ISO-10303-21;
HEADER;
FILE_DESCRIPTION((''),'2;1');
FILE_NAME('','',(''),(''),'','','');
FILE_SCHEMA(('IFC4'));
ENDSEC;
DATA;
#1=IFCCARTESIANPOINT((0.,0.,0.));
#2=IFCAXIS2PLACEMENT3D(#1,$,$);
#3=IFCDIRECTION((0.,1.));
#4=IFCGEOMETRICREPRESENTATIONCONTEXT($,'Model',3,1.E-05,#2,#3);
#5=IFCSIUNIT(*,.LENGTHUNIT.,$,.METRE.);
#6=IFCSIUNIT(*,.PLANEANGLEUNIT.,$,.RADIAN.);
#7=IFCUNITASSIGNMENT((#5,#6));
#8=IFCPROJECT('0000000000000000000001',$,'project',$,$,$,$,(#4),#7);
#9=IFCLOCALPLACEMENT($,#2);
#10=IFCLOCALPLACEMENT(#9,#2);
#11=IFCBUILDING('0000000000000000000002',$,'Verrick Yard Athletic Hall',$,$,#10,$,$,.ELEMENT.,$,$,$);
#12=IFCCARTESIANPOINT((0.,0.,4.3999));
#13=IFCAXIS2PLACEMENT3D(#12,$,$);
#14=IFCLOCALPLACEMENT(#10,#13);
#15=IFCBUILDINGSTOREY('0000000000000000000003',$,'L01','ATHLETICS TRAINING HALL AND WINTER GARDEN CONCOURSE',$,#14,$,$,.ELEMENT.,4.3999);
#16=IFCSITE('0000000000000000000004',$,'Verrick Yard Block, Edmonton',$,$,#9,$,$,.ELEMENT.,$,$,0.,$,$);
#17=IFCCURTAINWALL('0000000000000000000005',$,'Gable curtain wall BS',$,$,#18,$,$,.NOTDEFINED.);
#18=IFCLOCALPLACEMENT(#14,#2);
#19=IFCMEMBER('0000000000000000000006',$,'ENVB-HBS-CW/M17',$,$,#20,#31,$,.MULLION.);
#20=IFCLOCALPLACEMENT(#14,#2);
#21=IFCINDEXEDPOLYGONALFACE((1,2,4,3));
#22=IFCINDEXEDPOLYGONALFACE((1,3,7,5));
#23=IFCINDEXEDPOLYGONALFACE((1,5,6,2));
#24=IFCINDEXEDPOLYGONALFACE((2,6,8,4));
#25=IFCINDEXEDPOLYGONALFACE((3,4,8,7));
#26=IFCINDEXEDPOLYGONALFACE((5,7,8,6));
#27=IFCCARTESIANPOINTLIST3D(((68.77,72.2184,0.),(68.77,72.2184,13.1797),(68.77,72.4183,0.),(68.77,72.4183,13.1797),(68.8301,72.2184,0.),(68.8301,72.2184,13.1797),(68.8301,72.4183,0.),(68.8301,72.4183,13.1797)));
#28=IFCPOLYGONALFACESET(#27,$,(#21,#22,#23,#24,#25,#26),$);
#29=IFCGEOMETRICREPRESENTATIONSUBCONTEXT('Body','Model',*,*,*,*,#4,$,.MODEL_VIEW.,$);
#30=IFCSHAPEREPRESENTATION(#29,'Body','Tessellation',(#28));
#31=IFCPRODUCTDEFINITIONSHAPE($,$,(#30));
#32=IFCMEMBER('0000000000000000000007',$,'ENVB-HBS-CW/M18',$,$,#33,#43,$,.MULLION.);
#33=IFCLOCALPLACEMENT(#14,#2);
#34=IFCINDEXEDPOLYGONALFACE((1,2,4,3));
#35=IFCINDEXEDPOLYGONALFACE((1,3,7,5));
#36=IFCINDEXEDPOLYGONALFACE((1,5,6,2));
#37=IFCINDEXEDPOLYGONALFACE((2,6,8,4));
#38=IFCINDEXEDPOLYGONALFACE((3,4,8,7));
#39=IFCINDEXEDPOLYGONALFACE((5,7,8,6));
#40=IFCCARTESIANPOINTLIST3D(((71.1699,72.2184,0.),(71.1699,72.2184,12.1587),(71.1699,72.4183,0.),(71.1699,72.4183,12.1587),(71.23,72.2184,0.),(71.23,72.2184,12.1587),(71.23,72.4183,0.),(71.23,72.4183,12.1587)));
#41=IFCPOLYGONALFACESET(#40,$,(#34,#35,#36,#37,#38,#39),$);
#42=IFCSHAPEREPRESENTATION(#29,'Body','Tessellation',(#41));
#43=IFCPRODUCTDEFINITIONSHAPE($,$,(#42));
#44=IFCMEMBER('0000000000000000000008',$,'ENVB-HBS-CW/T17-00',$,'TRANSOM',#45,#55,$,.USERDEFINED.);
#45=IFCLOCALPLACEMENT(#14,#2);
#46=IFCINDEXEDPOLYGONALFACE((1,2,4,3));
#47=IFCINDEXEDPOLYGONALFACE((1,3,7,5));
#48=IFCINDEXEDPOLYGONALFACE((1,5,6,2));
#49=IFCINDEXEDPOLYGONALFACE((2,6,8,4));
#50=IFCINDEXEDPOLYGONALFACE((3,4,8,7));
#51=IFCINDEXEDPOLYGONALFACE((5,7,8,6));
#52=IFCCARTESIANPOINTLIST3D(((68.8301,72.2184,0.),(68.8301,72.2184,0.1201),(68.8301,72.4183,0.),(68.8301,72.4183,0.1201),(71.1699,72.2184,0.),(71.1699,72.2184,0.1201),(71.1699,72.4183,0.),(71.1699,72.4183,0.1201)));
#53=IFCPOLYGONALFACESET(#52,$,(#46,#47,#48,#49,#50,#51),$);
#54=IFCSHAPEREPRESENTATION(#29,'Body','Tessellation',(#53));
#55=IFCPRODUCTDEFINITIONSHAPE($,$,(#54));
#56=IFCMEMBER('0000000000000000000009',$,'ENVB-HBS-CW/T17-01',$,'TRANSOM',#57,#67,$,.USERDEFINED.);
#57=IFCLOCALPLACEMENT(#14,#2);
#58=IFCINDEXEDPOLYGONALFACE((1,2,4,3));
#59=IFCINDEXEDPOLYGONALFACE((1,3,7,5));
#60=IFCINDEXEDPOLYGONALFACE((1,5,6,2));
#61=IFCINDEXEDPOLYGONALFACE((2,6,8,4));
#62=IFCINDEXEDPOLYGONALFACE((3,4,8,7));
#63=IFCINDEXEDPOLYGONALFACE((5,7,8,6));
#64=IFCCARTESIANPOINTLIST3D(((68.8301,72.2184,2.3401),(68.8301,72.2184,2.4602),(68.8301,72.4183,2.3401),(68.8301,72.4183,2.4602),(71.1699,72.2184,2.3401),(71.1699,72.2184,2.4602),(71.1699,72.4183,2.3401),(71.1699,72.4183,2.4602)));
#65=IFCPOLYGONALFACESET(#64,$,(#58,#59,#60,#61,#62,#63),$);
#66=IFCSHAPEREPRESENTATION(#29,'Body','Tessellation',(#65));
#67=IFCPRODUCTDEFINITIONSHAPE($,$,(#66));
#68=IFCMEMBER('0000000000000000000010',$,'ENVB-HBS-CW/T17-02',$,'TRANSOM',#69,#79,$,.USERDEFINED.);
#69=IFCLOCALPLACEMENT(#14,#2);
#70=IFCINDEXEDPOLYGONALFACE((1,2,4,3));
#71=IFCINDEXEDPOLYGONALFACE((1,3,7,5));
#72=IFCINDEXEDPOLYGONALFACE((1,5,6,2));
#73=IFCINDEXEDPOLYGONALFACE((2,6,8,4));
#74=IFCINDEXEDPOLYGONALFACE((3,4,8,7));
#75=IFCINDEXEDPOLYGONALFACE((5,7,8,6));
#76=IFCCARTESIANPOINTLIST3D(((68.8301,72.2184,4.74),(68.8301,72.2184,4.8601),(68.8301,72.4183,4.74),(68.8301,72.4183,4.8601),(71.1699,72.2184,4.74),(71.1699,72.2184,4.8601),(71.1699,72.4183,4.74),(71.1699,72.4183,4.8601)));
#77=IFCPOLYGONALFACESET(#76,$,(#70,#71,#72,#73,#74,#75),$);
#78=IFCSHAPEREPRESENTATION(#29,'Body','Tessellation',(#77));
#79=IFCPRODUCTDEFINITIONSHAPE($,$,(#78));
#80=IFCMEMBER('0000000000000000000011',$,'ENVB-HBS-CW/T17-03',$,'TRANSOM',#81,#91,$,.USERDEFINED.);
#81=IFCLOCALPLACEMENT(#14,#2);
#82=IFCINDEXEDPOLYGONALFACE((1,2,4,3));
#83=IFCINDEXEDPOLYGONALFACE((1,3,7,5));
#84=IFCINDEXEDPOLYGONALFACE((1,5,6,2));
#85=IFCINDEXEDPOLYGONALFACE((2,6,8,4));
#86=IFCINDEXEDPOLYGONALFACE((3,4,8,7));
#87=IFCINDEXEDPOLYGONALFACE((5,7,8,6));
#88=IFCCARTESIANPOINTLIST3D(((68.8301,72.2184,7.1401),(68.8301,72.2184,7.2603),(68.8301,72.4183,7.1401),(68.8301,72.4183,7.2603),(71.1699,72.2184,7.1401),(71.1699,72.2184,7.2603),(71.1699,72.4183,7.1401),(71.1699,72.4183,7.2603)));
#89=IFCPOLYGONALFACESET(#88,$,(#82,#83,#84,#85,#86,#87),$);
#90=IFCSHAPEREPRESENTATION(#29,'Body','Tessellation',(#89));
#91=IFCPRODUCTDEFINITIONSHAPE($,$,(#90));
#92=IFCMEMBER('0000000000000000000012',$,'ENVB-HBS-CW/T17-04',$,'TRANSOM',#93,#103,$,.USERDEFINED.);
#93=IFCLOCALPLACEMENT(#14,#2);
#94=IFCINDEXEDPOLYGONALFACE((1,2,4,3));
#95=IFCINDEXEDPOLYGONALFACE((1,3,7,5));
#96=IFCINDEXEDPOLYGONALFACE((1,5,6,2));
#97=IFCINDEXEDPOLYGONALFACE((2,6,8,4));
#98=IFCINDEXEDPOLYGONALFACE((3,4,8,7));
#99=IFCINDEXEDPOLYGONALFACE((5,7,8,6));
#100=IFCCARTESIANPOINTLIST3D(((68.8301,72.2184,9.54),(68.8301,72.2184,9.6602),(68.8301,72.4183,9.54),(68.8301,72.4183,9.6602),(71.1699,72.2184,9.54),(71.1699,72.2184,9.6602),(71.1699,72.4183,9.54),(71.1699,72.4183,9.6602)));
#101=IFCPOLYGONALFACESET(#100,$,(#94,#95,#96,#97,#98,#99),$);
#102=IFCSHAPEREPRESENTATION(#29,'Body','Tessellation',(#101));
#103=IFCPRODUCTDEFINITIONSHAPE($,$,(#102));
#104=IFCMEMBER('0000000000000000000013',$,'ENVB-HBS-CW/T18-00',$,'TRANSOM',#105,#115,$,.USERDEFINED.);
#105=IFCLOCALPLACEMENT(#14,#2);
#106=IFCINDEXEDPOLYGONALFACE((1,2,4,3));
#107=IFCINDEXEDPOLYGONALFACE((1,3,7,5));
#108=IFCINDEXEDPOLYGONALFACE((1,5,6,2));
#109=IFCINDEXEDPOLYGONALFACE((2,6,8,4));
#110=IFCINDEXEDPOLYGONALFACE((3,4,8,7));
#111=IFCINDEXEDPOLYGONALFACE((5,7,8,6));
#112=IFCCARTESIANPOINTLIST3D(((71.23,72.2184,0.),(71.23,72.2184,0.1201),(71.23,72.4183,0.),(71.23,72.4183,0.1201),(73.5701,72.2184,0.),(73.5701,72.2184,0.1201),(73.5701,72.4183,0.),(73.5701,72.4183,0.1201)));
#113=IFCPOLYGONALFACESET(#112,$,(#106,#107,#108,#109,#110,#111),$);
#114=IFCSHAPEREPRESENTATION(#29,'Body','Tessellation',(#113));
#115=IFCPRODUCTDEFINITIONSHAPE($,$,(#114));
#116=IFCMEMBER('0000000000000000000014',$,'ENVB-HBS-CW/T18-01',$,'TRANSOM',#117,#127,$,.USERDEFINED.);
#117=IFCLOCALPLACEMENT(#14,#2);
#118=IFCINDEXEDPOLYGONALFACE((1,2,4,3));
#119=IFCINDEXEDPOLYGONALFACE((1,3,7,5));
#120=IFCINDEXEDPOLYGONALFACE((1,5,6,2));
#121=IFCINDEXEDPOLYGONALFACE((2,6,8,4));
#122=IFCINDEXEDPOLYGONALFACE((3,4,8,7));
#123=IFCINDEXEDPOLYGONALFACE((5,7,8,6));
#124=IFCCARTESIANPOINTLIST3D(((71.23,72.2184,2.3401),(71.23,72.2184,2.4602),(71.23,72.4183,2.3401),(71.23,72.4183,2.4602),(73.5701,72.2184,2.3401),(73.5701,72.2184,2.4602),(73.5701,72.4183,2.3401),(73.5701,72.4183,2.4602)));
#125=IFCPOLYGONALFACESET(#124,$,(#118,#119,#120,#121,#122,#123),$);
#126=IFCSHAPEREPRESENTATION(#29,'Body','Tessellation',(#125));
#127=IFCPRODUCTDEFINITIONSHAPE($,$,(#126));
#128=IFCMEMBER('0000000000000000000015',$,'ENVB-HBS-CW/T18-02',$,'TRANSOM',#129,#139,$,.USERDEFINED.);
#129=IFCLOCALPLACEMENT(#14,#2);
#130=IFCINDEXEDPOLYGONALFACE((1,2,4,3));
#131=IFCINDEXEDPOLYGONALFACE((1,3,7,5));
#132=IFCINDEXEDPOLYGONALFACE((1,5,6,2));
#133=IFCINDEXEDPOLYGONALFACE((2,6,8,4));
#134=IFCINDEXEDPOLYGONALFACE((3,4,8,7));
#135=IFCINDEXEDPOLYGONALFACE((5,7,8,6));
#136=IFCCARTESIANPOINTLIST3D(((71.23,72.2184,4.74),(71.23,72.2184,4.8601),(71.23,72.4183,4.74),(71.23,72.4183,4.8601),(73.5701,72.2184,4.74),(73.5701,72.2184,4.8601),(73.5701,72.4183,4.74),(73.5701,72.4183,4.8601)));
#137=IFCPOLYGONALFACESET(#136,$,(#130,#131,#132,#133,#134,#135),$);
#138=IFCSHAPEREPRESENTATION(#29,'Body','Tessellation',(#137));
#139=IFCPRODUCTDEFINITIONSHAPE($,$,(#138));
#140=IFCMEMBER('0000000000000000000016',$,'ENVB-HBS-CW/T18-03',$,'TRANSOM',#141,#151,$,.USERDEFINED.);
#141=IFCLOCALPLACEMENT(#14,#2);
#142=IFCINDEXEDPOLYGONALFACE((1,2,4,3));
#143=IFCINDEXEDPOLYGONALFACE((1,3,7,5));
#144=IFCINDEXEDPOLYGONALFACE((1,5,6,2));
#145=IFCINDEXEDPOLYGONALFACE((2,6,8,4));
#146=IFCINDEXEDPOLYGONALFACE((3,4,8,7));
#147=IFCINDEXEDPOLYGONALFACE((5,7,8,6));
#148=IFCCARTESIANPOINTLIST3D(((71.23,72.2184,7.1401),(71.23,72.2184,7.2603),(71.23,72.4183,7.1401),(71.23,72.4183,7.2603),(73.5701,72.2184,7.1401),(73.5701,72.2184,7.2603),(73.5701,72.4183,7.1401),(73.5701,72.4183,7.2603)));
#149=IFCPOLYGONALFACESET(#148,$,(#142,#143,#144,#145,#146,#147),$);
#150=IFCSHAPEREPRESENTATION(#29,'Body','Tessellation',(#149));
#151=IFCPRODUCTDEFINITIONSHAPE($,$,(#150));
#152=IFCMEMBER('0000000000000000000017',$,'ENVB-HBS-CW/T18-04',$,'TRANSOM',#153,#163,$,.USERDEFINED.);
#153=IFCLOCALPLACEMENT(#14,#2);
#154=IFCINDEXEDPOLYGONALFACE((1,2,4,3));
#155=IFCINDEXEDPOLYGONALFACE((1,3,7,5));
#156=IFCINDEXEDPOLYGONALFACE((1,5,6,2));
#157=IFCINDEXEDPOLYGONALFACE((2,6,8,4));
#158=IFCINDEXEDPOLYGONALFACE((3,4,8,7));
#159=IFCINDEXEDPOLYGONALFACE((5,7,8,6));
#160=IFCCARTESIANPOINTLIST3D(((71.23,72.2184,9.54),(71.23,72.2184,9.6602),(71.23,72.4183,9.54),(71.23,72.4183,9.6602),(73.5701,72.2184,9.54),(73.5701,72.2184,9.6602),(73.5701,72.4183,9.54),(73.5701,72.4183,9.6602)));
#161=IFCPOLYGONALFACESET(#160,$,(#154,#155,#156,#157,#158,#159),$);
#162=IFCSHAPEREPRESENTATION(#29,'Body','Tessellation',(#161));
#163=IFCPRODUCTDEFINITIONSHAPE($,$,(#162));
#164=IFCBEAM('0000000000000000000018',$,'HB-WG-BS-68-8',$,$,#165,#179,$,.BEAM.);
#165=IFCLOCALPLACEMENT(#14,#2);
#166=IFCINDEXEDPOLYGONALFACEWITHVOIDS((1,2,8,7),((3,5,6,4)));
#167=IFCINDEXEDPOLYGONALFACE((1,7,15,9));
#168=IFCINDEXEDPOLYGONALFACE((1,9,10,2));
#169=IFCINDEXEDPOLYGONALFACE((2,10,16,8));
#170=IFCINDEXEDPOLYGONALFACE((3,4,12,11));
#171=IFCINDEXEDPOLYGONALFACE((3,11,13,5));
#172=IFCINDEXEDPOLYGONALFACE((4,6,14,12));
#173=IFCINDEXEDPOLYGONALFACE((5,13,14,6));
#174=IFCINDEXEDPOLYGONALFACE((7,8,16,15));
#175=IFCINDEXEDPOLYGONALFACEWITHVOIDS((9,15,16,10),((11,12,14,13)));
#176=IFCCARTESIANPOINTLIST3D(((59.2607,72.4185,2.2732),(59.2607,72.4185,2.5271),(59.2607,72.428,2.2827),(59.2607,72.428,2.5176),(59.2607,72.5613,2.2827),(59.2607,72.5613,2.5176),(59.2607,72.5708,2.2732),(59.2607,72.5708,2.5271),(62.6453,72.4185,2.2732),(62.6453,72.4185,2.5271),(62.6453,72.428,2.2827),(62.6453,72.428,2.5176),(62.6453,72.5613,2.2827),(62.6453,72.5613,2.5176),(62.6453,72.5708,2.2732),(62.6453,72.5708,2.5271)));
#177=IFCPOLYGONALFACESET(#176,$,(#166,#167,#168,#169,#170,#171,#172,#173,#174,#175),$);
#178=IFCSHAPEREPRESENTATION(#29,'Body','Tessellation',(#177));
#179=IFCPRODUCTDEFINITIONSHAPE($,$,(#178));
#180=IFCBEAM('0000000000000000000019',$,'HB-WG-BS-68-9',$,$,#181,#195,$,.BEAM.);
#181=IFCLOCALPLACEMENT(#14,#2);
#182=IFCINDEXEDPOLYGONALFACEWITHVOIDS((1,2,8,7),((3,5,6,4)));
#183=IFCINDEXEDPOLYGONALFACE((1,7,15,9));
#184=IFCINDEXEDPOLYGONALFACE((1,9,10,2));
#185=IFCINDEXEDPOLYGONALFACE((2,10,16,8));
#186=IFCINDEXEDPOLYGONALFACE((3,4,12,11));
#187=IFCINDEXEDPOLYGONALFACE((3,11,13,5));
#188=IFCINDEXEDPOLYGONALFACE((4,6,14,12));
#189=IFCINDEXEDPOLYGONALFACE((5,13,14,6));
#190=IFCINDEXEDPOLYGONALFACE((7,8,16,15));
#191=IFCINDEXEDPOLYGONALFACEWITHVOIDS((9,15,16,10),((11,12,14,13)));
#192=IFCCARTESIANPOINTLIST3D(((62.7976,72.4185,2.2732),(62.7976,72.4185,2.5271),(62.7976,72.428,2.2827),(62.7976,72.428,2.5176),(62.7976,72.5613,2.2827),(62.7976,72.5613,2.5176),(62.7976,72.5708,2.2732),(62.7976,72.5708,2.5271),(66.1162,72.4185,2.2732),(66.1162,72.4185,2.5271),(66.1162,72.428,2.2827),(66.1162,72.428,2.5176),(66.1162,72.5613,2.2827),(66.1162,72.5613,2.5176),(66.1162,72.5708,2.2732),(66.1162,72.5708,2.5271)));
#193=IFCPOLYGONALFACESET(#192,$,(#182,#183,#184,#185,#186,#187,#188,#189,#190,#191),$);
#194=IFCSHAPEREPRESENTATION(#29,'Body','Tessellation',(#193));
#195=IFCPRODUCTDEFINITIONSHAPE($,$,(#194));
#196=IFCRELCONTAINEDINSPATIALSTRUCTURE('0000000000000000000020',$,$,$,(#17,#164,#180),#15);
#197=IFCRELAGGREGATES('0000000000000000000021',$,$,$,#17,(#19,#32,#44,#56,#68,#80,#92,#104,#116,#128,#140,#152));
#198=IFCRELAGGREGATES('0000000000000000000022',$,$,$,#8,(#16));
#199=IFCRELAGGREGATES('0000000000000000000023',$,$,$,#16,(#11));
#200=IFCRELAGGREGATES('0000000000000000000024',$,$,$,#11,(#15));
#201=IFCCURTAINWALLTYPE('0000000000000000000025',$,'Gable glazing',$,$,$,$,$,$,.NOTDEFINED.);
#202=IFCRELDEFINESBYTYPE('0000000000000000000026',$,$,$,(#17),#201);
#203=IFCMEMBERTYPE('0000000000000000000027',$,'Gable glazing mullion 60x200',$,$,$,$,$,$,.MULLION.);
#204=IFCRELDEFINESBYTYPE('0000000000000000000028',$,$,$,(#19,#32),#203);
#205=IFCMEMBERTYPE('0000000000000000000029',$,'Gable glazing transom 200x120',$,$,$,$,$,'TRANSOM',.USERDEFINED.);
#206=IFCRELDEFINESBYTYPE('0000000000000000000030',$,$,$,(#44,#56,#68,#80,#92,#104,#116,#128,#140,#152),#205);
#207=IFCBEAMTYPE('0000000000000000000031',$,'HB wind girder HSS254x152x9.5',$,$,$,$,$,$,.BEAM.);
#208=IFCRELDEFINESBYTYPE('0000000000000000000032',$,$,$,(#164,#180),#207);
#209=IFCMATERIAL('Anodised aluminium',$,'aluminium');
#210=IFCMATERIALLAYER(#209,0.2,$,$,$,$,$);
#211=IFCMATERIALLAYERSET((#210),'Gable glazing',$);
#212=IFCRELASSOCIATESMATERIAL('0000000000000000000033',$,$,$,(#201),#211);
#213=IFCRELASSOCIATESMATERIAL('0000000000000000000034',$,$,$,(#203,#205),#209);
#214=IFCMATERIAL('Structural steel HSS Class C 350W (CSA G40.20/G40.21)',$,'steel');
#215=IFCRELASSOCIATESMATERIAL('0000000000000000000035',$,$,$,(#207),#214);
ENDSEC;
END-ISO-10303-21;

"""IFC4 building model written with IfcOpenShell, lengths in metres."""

from ifc_helpers import new_model, si_unit, direction, frame, origin, origin_2d, place, context, subcontext, project, spatial, rectangle, hollow_rectangle, extrude, material, layer, layer_set, material_profile, profile_set, type_object, element, aggregate, save


model = new_model("IFC4")

# Units and contexts
model_context = context("Model", 3, precision=1e-05, world=origin(), true_north=direction((0.0, 1.0)))
body_context = subcontext(model_context, "Body", "Model", "MODEL_VIEW")
ifc_project = project(units=[si_unit("LENGTHUNIT", "METRE"), si_unit("PLANEANGLEUNIT", "RADIAN")], contexts=[model_context])

# Site, building, storey
site_placement = place(None, origin())
site = spatial("IfcSite", under=ifc_project, at=site_placement, Name="Verrick Yard Block, Edmonton", CompositionType="ELEMENT", RefElevation=0.0)
building_placement = place(site_placement, origin())
building = spatial("IfcBuilding", under=site, at=building_placement, Name="Verrick Yard Athletic Hall", CompositionType="ELEMENT")
storey_placement = place(building_placement, frame((0.0, 0.0, 4.3999)))
storey = spatial("IfcBuildingStorey", under=building, at=storey_placement, Name="L01", Description="ATHLETICS TRAINING HALL AND WINTER GARDEN CONCOURSE", CompositionType="ELEMENT", Elevation=4.3999)

# Curtain wall, members
ifc_material_1 = material(Name="Anodised aluminium", Category="aluminium")
ifc_layer_1 = layer(ifc_material_1, 0.2)
ifc_layer_set_1 = layer_set([ifc_layer_1], Name="Gable glazing")
curtain_wall_type = type_object("IfcCurtainWallType", Name="Gable glazing", PredefinedType="NOTDEFINED", material=ifc_layer_set_1)
curtain_wall_placement = place(storey_placement, origin())
curtain_wall = element("IfcCurtainWall", 1, at=curtain_wall_placement, inside=storey, type_object=curtain_wall_type, Name="Gable curtain wall BS", PredefinedType="NOTDEFINED")
ifc_material_profile_1 = material_profile(ifc_material_1, rectangle(XDim=0.2, YDim=0.0601, at=origin_2d()), Name="CW gable mullion 60x200")
ifc_profile_set_1 = profile_set([ifc_material_profile_1], Name="Anodised aluminium")
member_type_1 = type_object("IfcMemberType", Name="Gable glazing mullion 60x200", PredefinedType="MULLION", material=ifc_profile_set_1)
member_1_placement = place(storey_placement, frame((68.8, 72.3184, 0.0), z_axis=(0.0, 0.0, 1.0), x_axis=(0.0, 1.0, 0.0)))
member_1 = element("IfcMember", 2, at=member_1_placement, type_object=member_type_1, Name="ENVB-HBS-CW/M17", PredefinedType="MULLION", context=body_context, shape_type="SweptSolid", body=[
    extrude(rectangle(XDim=0.2, YDim=0.0601, at=origin_2d()), origin(), (0.0, 0.0, 1.0), 13.1797),
])
member_2_placement = place(storey_placement, frame((71.2, 72.3184, 0.0), z_axis=(0.0, 0.0, 1.0), x_axis=(0.0, 1.0, 0.0)))
member_2 = element("IfcMember", 3, at=member_2_placement, type_object=member_type_1, Name="ENVB-HBS-CW/M18", PredefinedType="MULLION", context=body_context, shape_type="SweptSolid", body=[
    extrude(rectangle(XDim=0.2, YDim=0.0601, at=origin_2d()), origin(), (0.0, 0.0, 1.0), 12.1587),
])
ifc_material_profile_2 = material_profile(ifc_material_1, rectangle(XDim=0.2, YDim=0.1201, at=origin_2d()), Name="CW gable transom 200x120")
ifc_profile_set_2 = profile_set([ifc_material_profile_2], Name="Anodised aluminium")
member_type_2 = type_object("IfcMemberType", Name="Gable glazing transom 200x120", ElementType="TRANSOM", PredefinedType="USERDEFINED", material=ifc_profile_set_2)
member_3_placement = place(storey_placement, frame((68.8301, 72.3184, 0.0601), z_axis=(1.0, 0.0, 0.0), x_axis=(0.0, 1.0, 0.0)))
member_3 = element("IfcMember", 4, at=member_3_placement, type_object=member_type_2, Name="ENVB-HBS-CW/T17-00", ObjectType="TRANSOM", PredefinedType="USERDEFINED", context=body_context, shape_type="SweptSolid", body=[
    extrude(rectangle(XDim=0.2, YDim=0.1201, at=origin_2d()), origin(), (0.0, 0.0, 1.0), 2.3398),
])
member_4_placement = place(storey_placement, frame((68.8301, 72.3184, 2.4001), z_axis=(1.0, 0.0, 0.0), x_axis=(0.0, 1.0, 0.0)))
member_4 = element("IfcMember", 5, at=member_4_placement, type_object=member_type_2, Name="ENVB-HBS-CW/T17-01", ObjectType="TRANSOM", PredefinedType="USERDEFINED", context=body_context, shape_type="SweptSolid", body=[
    extrude(rectangle(XDim=0.2, YDim=0.1201, at=origin_2d()), origin(), (0.0, 0.0, 1.0), 2.3398),
])
member_5_placement = place(storey_placement, frame((68.8301, 72.3184, 4.8), z_axis=(1.0, 0.0, 0.0), x_axis=(0.0, 1.0, 0.0)))
member_5 = element("IfcMember", 6, at=member_5_placement, type_object=member_type_2, Name="ENVB-HBS-CW/T17-02", ObjectType="TRANSOM", PredefinedType="USERDEFINED", context=body_context, shape_type="SweptSolid", body=[
    extrude(rectangle(XDim=0.2, YDim=0.1201, at=origin_2d()), origin(), (0.0, 0.0, 1.0), 2.3398),
])
member_6_placement = place(storey_placement, frame((68.8301, 72.3184, 7.2002), z_axis=(1.0, 0.0, 0.0), x_axis=(0.0, 1.0, 0.0)))
member_6 = element("IfcMember", 7, at=member_6_placement, type_object=member_type_2, Name="ENVB-HBS-CW/T17-03", ObjectType="TRANSOM", PredefinedType="USERDEFINED", context=body_context, shape_type="SweptSolid", body=[
    extrude(rectangle(XDim=0.2, YDim=0.1201, at=origin_2d()), origin(), (0.0, 0.0, 1.0), 2.3398),
])
member_7_placement = place(storey_placement, frame((68.8301, 72.3184, 9.6001), z_axis=(1.0, 0.0, 0.0), x_axis=(0.0, 1.0, 0.0)))
member_7 = element("IfcMember", 8, at=member_7_placement, type_object=member_type_2, Name="ENVB-HBS-CW/T17-04", ObjectType="TRANSOM", PredefinedType="USERDEFINED", context=body_context, shape_type="SweptSolid", body=[
    extrude(rectangle(XDim=0.2, YDim=0.1201, at=origin_2d()), origin(), (0.0, 0.0, 1.0), 2.3398),
])
member_8_placement = place(storey_placement, frame((71.23, 72.3184, 0.0601), z_axis=(1.0, 0.0, 0.0), x_axis=(0.0, 1.0, 0.0)))
member_8 = element("IfcMember", 9, at=member_8_placement, type_object=member_type_2, Name="ENVB-HBS-CW/T18-00", ObjectType="TRANSOM", PredefinedType="USERDEFINED", context=body_context, shape_type="SweptSolid", body=[
    extrude(rectangle(XDim=0.2, YDim=0.1201, at=origin_2d()), origin(), (0.0, 0.0, 1.0), 2.3401),
])
member_9_placement = place(storey_placement, frame((71.23, 72.3184, 2.4001), z_axis=(1.0, 0.0, 0.0), x_axis=(0.0, 1.0, 0.0)))
member_9 = element("IfcMember", 10, at=member_9_placement, type_object=member_type_2, Name="ENVB-HBS-CW/T18-01", ObjectType="TRANSOM", PredefinedType="USERDEFINED", context=body_context, shape_type="SweptSolid", body=[
    extrude(rectangle(XDim=0.2, YDim=0.1201, at=origin_2d()), origin(), (0.0, 0.0, 1.0), 2.3401),
])
member_10_placement = place(storey_placement, frame((71.23, 72.3184, 4.8), z_axis=(1.0, 0.0, 0.0), x_axis=(0.0, 1.0, 0.0)))
member_10 = element("IfcMember", 11, at=member_10_placement, type_object=member_type_2, Name="ENVB-HBS-CW/T18-02", ObjectType="TRANSOM", PredefinedType="USERDEFINED", context=body_context, shape_type="SweptSolid", body=[
    extrude(rectangle(XDim=0.2, YDim=0.1201, at=origin_2d()), origin(), (0.0, 0.0, 1.0), 2.3401),
])
member_11_placement = place(storey_placement, frame((71.23, 72.3184, 7.2002), z_axis=(1.0, 0.0, 0.0), x_axis=(0.0, 1.0, 0.0)))
member_11 = element("IfcMember", 12, at=member_11_placement, type_object=member_type_2, Name="ENVB-HBS-CW/T18-03", ObjectType="TRANSOM", PredefinedType="USERDEFINED", context=body_context, shape_type="SweptSolid", body=[
    extrude(rectangle(XDim=0.2, YDim=0.1201, at=origin_2d()), origin(), (0.0, 0.0, 1.0), 2.3401),
])
member_12_placement = place(storey_placement, frame((71.23, 72.3184, 9.6001), z_axis=(1.0, 0.0, 0.0), x_axis=(0.0, 1.0, 0.0)))
member_12 = element("IfcMember", 13, at=member_12_placement, type_object=member_type_2, Name="ENVB-HBS-CW/T18-04", ObjectType="TRANSOM", PredefinedType="USERDEFINED", context=body_context, shape_type="SweptSolid", body=[
    extrude(rectangle(XDim=0.2, YDim=0.1201, at=origin_2d()), origin(), (0.0, 0.0, 1.0), 2.3401),
])

# Beams
ifc_material_2 = material(Name="Structural steel HSS Class C 350W (CSA G40.20/G40.21)", Category="steel")
ifc_material_profile_3 = material_profile(ifc_material_2, hollow_rectangle(XDim=0.1523, YDim=0.2539, WallThickness=0.0095, at=origin_2d()), Name="HSS254x152x9.5")
ifc_profile_set_3 = profile_set([ifc_material_profile_3], Name="Structural steel HSS Class C 350W (CSA G40.20/G40.21)")
beam_type = type_object("IfcBeamType", Name="HB wind girder HSS254x152x9.5", PredefinedType="BEAM", material=ifc_profile_set_3)
beam_1_placement = place(storey_placement, frame((59.2607, 72.4946, 2.4001), z_axis=(1.0, 0.0, 0.0), x_axis=(0.0, 1.0, 0.0)))
element("IfcBeam", 14, at=beam_1_placement, inside=storey, type_object=beam_type, Name="HB-WG-BS-68-8", PredefinedType="BEAM", context=body_context, shape_type="SweptSolid", body=[
    extrude(hollow_rectangle(XDim=0.1523, YDim=0.2539, WallThickness=0.0095, at=origin_2d()), origin(), (0.0, 0.0, 1.0), 3.3845),
])
beam_2_placement = place(storey_placement, frame((62.7976, 72.4946, 2.4001), z_axis=(1.0, 0.0, 0.0), x_axis=(0.0, 1.0, 0.0)))
element("IfcBeam", 15, at=beam_2_placement, inside=storey, type_object=beam_type, Name="HB-WG-BS-68-9", PredefinedType="BEAM", context=body_context, shape_type="SweptSolid", body=[
    extrude(hollow_rectangle(XDim=0.1523, YDim=0.2539, WallThickness=0.0095, at=origin_2d()), origin(), (0.0, 0.0, 1.0), 3.3186),
])

aggregate(curtain_wall, [member_1, member_2, member_3, member_4, member_5, member_6, member_7, member_8, member_9, member_10, member_11, member_12])

save(model, "model.ifc")
